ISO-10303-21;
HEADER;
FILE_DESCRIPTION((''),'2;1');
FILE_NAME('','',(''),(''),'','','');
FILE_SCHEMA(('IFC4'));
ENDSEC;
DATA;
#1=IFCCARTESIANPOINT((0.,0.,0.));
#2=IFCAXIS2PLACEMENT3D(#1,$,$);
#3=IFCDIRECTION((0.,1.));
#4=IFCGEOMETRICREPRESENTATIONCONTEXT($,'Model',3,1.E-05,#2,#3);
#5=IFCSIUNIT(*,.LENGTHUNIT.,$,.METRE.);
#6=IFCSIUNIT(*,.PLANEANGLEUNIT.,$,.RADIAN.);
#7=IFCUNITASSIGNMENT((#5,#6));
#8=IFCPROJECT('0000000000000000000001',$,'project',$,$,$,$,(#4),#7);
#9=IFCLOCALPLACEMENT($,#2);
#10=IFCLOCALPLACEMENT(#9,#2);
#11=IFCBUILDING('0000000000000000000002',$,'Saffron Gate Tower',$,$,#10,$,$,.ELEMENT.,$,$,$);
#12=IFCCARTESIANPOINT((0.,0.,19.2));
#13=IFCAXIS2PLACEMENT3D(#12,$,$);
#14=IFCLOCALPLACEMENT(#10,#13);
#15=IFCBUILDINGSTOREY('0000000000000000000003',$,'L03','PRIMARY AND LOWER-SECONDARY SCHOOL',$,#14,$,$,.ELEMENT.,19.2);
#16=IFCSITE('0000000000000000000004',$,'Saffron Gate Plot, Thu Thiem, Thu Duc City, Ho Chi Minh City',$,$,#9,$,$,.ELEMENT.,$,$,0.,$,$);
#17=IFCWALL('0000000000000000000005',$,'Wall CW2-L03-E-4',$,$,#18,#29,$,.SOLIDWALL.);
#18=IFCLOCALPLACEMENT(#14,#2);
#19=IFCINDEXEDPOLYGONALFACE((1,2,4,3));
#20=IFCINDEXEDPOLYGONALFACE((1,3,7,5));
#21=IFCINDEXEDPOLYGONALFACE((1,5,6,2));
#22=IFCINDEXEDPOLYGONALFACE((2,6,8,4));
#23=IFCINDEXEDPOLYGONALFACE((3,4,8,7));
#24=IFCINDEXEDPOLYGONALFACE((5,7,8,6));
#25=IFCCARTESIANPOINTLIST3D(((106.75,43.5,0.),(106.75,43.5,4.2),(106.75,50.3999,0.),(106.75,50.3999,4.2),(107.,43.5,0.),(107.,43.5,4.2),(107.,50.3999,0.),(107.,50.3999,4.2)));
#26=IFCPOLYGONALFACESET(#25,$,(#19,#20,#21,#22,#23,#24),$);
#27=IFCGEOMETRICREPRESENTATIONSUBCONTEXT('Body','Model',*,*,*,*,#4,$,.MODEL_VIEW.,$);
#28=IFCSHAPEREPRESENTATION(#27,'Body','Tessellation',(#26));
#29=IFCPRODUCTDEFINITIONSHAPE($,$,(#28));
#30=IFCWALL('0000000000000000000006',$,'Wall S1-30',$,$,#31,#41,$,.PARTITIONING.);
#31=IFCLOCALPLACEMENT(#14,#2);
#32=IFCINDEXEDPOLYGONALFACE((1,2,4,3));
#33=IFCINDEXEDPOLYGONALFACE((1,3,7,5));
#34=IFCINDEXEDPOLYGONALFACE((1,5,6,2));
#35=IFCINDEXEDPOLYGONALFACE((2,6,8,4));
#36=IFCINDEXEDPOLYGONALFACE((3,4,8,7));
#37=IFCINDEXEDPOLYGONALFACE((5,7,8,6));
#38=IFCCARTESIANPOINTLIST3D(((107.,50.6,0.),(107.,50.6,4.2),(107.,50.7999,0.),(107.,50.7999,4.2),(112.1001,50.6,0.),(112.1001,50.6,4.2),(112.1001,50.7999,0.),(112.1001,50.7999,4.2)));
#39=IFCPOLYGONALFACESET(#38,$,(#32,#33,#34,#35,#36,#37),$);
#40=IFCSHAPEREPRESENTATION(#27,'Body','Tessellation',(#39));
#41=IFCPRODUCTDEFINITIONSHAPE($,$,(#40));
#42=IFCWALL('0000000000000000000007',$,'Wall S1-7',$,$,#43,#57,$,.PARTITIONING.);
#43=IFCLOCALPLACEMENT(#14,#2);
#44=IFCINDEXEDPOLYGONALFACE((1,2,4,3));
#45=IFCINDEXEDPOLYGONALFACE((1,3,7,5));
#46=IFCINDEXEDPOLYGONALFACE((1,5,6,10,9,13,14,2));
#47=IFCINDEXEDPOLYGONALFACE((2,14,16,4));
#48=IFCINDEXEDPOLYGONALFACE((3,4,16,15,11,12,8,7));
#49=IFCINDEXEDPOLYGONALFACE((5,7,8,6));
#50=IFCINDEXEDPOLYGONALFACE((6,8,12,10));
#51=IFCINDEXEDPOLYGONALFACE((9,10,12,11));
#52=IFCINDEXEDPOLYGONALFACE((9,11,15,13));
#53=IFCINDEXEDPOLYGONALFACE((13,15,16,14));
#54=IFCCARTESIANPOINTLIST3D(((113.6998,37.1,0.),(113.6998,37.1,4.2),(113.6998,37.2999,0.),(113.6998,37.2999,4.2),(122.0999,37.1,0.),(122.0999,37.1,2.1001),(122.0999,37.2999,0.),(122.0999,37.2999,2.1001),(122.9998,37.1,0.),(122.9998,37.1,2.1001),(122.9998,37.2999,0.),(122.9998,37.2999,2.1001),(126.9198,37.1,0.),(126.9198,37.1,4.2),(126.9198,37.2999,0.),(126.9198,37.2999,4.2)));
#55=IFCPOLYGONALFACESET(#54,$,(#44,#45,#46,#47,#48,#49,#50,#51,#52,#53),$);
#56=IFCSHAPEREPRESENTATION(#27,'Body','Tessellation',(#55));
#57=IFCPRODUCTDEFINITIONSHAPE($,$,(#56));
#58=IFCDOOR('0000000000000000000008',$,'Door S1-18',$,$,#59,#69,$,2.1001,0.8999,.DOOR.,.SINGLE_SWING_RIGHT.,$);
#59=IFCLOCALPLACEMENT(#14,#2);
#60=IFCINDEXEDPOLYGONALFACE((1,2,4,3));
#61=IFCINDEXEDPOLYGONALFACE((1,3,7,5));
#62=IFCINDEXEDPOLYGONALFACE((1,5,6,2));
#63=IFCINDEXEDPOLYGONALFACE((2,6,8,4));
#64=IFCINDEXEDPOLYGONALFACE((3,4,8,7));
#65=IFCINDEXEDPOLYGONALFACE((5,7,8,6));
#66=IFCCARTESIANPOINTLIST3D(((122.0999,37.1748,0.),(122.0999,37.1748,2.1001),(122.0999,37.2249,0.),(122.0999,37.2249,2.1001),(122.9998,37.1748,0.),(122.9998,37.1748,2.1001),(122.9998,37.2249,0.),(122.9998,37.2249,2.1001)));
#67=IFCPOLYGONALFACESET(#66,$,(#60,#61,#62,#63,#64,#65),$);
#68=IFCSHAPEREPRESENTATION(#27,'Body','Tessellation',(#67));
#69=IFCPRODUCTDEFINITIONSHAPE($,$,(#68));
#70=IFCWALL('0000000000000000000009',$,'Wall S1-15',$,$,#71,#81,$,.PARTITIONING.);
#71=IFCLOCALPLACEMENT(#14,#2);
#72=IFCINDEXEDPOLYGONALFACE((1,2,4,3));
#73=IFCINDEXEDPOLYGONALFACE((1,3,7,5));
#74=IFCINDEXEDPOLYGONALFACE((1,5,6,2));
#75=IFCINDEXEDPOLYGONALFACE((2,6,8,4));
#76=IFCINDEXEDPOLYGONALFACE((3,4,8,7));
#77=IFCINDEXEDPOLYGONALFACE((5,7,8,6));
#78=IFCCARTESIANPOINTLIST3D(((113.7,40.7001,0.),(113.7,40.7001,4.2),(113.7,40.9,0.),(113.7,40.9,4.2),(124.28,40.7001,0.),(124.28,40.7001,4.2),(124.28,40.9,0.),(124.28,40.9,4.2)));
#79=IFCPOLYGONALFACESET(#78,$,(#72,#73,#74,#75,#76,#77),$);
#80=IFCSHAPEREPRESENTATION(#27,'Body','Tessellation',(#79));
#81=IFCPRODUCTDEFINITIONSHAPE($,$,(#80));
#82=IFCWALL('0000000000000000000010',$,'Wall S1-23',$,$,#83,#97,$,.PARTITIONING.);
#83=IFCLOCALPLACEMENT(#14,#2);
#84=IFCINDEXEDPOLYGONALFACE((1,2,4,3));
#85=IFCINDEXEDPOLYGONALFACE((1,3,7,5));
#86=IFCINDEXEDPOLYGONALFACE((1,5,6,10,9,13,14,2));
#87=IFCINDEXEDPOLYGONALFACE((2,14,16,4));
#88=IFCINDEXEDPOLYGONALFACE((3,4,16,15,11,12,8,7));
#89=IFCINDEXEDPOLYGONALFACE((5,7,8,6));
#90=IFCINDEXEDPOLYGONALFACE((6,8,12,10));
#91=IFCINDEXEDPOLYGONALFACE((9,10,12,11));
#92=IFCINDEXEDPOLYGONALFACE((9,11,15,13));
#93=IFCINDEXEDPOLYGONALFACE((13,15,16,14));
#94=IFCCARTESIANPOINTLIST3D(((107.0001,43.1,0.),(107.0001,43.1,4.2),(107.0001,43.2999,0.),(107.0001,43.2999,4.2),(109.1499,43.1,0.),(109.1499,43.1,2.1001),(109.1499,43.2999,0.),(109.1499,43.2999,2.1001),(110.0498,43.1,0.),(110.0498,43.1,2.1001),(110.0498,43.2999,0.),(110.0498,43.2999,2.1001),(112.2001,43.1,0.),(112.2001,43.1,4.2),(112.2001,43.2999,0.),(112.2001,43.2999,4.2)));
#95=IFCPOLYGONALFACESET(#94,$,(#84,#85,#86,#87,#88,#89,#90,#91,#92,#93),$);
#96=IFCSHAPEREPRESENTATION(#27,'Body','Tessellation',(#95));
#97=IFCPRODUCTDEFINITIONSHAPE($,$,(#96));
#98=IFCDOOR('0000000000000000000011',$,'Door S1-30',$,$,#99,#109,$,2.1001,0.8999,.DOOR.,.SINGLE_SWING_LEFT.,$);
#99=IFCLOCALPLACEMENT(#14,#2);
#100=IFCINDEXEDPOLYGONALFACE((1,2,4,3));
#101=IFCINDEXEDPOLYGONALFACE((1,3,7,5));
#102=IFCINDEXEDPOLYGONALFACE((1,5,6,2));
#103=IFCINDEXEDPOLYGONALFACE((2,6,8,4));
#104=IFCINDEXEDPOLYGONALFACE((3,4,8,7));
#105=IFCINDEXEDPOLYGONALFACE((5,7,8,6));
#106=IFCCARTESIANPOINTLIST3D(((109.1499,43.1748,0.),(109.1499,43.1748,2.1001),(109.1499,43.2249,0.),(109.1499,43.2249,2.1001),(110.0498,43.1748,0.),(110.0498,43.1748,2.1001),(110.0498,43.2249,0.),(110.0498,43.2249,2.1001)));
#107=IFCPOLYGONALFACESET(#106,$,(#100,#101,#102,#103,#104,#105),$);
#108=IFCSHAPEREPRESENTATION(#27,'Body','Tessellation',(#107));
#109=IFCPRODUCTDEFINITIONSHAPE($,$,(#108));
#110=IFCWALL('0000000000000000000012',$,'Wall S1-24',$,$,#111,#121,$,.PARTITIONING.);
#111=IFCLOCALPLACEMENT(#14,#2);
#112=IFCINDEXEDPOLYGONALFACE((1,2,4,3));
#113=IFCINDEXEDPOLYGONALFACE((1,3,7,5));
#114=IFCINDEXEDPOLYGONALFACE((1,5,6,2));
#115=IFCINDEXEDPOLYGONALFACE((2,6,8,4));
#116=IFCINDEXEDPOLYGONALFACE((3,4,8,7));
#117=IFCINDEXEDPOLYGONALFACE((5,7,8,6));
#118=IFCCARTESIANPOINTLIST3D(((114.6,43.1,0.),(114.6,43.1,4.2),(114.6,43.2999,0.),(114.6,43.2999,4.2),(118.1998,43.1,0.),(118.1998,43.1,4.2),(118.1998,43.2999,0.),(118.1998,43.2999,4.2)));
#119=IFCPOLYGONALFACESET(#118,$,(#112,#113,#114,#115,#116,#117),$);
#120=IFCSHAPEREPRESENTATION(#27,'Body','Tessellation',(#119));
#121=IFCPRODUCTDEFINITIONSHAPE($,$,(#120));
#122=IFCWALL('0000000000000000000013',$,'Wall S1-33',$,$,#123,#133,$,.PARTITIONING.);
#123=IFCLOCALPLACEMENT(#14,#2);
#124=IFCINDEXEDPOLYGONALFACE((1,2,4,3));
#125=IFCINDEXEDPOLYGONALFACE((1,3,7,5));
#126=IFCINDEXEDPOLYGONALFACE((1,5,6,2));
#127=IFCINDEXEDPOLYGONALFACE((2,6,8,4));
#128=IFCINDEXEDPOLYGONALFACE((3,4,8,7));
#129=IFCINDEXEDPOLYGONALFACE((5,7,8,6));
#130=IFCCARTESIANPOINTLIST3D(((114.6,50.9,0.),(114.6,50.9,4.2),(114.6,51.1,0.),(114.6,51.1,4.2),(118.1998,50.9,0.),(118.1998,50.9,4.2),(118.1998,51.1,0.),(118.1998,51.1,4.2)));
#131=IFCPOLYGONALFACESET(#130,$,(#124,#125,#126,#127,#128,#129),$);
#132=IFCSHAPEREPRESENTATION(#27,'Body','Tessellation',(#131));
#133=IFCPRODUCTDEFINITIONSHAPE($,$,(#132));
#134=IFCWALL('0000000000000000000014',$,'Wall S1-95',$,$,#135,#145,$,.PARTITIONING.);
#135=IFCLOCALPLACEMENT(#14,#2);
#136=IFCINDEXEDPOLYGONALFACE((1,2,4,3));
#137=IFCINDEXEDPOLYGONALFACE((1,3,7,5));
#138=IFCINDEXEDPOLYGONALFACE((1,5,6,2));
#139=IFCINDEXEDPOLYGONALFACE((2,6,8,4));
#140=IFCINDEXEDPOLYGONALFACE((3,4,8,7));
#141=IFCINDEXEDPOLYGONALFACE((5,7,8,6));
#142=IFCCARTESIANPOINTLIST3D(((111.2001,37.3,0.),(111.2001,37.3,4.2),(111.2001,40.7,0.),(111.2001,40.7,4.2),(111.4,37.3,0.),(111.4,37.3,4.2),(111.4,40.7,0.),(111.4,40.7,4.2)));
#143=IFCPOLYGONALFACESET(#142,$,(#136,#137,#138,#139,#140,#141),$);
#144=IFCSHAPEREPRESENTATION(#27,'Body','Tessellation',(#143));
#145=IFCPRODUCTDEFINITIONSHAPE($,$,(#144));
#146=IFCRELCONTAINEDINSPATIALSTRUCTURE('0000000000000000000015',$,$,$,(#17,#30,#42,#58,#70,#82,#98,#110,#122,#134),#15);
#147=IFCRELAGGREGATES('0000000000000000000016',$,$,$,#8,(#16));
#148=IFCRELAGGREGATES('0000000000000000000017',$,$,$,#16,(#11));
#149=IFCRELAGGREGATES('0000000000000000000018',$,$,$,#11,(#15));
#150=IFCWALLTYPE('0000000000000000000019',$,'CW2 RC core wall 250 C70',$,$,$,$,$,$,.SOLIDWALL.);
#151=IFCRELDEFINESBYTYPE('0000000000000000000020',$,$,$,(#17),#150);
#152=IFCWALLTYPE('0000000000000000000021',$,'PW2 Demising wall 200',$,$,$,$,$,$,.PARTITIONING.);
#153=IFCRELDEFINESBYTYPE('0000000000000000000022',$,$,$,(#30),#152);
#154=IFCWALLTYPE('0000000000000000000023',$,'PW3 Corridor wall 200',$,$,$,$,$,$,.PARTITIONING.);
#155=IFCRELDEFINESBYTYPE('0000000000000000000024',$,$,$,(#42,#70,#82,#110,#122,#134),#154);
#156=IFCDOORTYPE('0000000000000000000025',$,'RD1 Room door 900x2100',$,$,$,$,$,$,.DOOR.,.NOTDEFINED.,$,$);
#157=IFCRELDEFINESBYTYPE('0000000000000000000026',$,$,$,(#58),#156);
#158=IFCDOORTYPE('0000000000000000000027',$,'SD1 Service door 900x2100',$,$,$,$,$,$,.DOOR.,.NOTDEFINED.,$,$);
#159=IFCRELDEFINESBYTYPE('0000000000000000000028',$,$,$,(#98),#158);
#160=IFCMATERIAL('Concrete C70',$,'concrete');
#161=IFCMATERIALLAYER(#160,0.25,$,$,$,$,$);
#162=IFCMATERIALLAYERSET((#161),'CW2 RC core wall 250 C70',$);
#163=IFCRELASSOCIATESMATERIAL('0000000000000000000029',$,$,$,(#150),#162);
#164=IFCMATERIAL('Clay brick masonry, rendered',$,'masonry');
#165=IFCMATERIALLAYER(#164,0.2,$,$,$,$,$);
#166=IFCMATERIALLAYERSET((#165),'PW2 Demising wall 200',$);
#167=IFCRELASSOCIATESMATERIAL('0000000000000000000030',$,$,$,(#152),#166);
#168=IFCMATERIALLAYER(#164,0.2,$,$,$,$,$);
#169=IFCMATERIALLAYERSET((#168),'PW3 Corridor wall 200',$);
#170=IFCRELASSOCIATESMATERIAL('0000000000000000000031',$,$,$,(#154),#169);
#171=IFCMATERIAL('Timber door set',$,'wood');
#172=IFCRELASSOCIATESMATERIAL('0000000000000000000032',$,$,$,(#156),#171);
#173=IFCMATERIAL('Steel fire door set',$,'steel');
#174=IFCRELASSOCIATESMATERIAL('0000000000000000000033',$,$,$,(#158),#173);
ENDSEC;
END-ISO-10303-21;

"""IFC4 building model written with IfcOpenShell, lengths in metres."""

from ifc_helpers import new_model, si_unit, direction, frame, frame_2d, origin, place, context, subcontext, project, spatial, rectangle, extrude, material, layer, layer_set, type_object, element, fill, save


model = new_model("IFC4")

# Units and contexts
model_context = context("Model", 3, precision=1e-05, world=origin(), true_north=direction((0.0, 1.0)))
body_context = subcontext(model_context, "Body", "Model", "MODEL_VIEW")
ifc_project = project(units=[si_unit("LENGTHUNIT", "METRE"), si_unit("PLANEANGLEUNIT", "RADIAN")], contexts=[model_context])

# Site, building, storey
site_placement = place(None, origin())
site = spatial("IfcSite", under=ifc_project, at=site_placement, Name="Saffron Gate Plot, Thu Thiem, Thu Duc City, Ho Chi Minh City", CompositionType="ELEMENT", RefElevation=0.0)
building_placement = place(site_placement, origin())
building = spatial("IfcBuilding", under=site, at=building_placement, Name="Saffron Gate Tower", CompositionType="ELEMENT")
storey_placement = place(building_placement, frame((0.0, 0.0, 19.2)))
storey = spatial("IfcBuildingStorey", under=building, at=storey_placement, Name="L03", Description="PRIMARY AND LOWER-SECONDARY SCHOOL", CompositionType="ELEMENT", Elevation=19.2)

# Walls
ifc_material_1 = material(Name="Concrete C70", Category="concrete")
ifc_layer_1 = layer(ifc_material_1, 0.25)
ifc_layer_set_1 = layer_set([ifc_layer_1], Name="CW2 RC core wall 250 C70")
wall_type_1 = type_object("IfcWallType", Name="CW2 RC core wall 250 C70", PredefinedType="SOLIDWALL", material=ifc_layer_set_1)
wall_1_placement = place(storey_placement, frame((106.875, 43.5, 0.0), z_axis=(0.0, 0.0, 1.0), x_axis=(0.0, 1.0, 0.0)))
element("IfcWall", 1, at=wall_1_placement, inside=storey, type_object=wall_type_1, Name="Wall CW2-L03-E-4", PredefinedType="SOLIDWALL", context=body_context, shape_type="SweptSolid", body=[
    extrude(rectangle(XDim=6.8999, YDim=0.25, at=frame_2d((3.45, 0.0))), origin(), (0.0, 0.0, 1.0), 4.2),
])
ifc_material_2 = material(Name="Clay brick masonry, rendered", Category="masonry")
ifc_layer_2 = layer(ifc_material_2, 0.2)
ifc_layer_set_2 = layer_set([ifc_layer_2], Name="PW2 Demising wall 200")
wall_type_2 = type_object("IfcWallType", Name="PW2 Demising wall 200", PredefinedType="PARTITIONING", material=ifc_layer_set_2)
wall_2_placement = place(storey_placement, frame((107.0, 50.7, 0.0), z_axis=(0.0, 0.0, 1.0), x_axis=(1.0, 0.0, 0.0)))
element("IfcWall", 2, at=wall_2_placement, inside=storey, type_object=wall_type_2, Name="Wall S1-30", PredefinedType="PARTITIONING", context=body_context, shape_type="SweptSolid", body=[
    extrude(rectangle(XDim=5.1001, YDim=0.2, at=frame_2d((2.55, 0.0))), origin(), (0.0, 0.0, 1.0), 4.2),
])

# Wall, opening, door
ifc_layer_3 = layer(ifc_material_2, 0.2)
ifc_layer_set_3 = layer_set([ifc_layer_3], Name="PW3 Corridor wall 200")
wall_type_3 = type_object("IfcWallType", Name="PW3 Corridor wall 200", PredefinedType="PARTITIONING", material=ifc_layer_set_3)
wall_3_placement = place(storey_placement, frame((113.7, 37.2, 0.0), z_axis=(0.0, 0.0, 1.0), x_axis=(1.0, 0.0, 0.0)))
wall_3 = element("IfcWall", 3, at=wall_3_placement, inside=storey, type_object=wall_type_3, Name="Wall S1-7", PredefinedType="PARTITIONING", context=body_context, shape_type="SweptSolid", body=[
    extrude(rectangle(XDim=13.22, YDim=0.2, at=frame_2d((6.6099, 0.0))), origin(), (0.0, 0.0, 1.0), 4.2),
])
opening_1_placement = place(wall_3_placement, frame((8.3999, 0.0, 0.0)))
opening_1 = element("IfcOpeningElement", 4, at=opening_1_placement, cuts=wall_3, PredefinedType="OPENING", context=body_context, shape_type="SweptSolid", body=[
    extrude(rectangle(XDim=0.8999, YDim=2.1001, at=frame_2d((0.45, 1.05))), frame((0.0, 0.1099, 0.0), z_axis=(0.0, -1.0, 0.0), x_axis=(1.0, 0.0, 0.0)), (0.0, 0.0, 1.0), 0.22),
])
ifc_material_3 = material(Name="Timber door set", Category="wood")
door_type_1 = type_object("IfcDoorType", Name="RD1 Room door 900x2100", OperationType="NOTDEFINED", PredefinedType="DOOR", material=ifc_material_3)
door_1_placement = place(opening_1_placement, origin())
door_1 = element("IfcDoor", 5, at=door_1_placement, inside=storey, type_object=door_type_1, Name="Door S1-18", OperationType="SINGLE_SWING_RIGHT", OverallHeight=2.1001, OverallWidth=0.8999, PredefinedType="DOOR", context=body_context, shape_type="SweptSolid", body=[
    extrude(rectangle(XDim=0.8999, YDim=2.1001, at=frame_2d((0.45, 1.05))), frame((0.0, 0.0249, 0.0), z_axis=(0.0, -1.0, 0.0), x_axis=(1.0, 0.0, 0.0)), (0.0, 0.0, 1.0), 0.05),
])
fill(opening_1, door_1)

# Wall
wall_4_placement = place(storey_placement, frame((113.7, 40.8, 0.0), z_axis=(0.0, 0.0, 1.0), x_axis=(1.0, 0.0, 0.0)))
element("IfcWall", 6, at=wall_4_placement, inside=storey, type_object=wall_type_3, Name="Wall S1-15", PredefinedType="PARTITIONING", context=body_context, shape_type="SweptSolid", body=[
    extrude(rectangle(XDim=10.5801, YDim=0.2, at=frame_2d((5.29, 0.0))), origin(), (0.0, 0.0, 1.0), 4.2),
])

# Wall, opening, door
wall_5_placement = place(storey_placement, frame((107.0, 43.2, 0.0), z_axis=(0.0, 0.0, 1.0), x_axis=(1.0, 0.0, 0.0)))
wall_5 = element("IfcWall", 7, at=wall_5_placement, inside=storey, type_object=wall_type_3, Name="Wall S1-23", PredefinedType="PARTITIONING", context=body_context, shape_type="SweptSolid", body=[
    extrude(rectangle(XDim=5.2, YDim=0.2, at=frame_2d((2.6001, 0.0))), origin(), (0.0, 0.0, 1.0), 4.2),
])
opening_2_placement = place(wall_5_placement, frame((2.1499, 0.0, 0.0)))
opening_2 = element("IfcOpeningElement", 8, at=opening_2_placement, cuts=wall_5, PredefinedType="OPENING", context=body_context, shape_type="SweptSolid", body=[
    extrude(rectangle(XDim=0.8999, YDim=2.1001, at=frame_2d((0.45, 1.05))), frame((0.0, 0.1099, 0.0), z_axis=(0.0, -1.0, 0.0), x_axis=(1.0, 0.0, 0.0)), (0.0, 0.0, 1.0), 0.22),
])
ifc_material_4 = material(Name="Steel fire door set", Category="steel")
door_type_2 = type_object("IfcDoorType", Name="SD1 Service door 900x2100", OperationType="NOTDEFINED", PredefinedType="DOOR", material=ifc_material_4)
door_2_placement = place(opening_2_placement, origin())
door_2 = element("IfcDoor", 9, at=door_2_placement, inside=storey, type_object=door_type_2, Name="Door S1-30", OperationType="SINGLE_SWING_LEFT", OverallHeight=2.1001, OverallWidth=0.8999, PredefinedType="DOOR", context=body_context, shape_type="SweptSolid", body=[
    extrude(rectangle(XDim=0.8999, YDim=2.1001, at=frame_2d((0.45, 1.05))), frame((0.0, 0.0249, 0.0), z_axis=(0.0, -1.0, 0.0), x_axis=(1.0, 0.0, 0.0)), (0.0, 0.0, 1.0), 0.05),
])
fill(opening_2, door_2)

# Walls
for number, where, z_axis, x_axis, name in (
    (10, (114.6001, 43.2, 0.0), (0.0, 0.0, 1.0), (1.0, 0.0, 0.0), "Wall S1-24"),
    (11, (114.6001, 51.0, 0.0), (0.0, 0.0, 1.0), (1.0, 0.0, 0.0), "Wall S1-33"),
):
    element("IfcWall", number, at=place(storey_placement, frame(where, z_axis=z_axis, x_axis=x_axis)), inside=storey, type_object=wall_type_3, Name=name, PredefinedType="PARTITIONING", context=body_context, shape_type="SweptSolid", body=[
        extrude(rectangle(XDim=3.5999, YDim=0.2, at=frame_2d((1.7998, 0.0))), origin(), (0.0, 0.0, 1.0), 4.2),
    ])
wall_6_placement = place(storey_placement, frame((111.3, 40.7, 0.0), z_axis=(0.0, 0.0, 1.0), x_axis=(0.0, -1.0, 0.0)))
element("IfcWall", 12, at=wall_6_placement, inside=storey, type_object=wall_type_3, Name="Wall S1-95", PredefinedType="PARTITIONING", context=body_context, shape_type="SweptSolid", body=[
    extrude(rectangle(XDim=3.3999, YDim=0.2, at=frame_2d((1.7, 0.0))), origin(), (0.0, 0.0, 1.0), 4.2),
])

save(model, "model.ifc")
